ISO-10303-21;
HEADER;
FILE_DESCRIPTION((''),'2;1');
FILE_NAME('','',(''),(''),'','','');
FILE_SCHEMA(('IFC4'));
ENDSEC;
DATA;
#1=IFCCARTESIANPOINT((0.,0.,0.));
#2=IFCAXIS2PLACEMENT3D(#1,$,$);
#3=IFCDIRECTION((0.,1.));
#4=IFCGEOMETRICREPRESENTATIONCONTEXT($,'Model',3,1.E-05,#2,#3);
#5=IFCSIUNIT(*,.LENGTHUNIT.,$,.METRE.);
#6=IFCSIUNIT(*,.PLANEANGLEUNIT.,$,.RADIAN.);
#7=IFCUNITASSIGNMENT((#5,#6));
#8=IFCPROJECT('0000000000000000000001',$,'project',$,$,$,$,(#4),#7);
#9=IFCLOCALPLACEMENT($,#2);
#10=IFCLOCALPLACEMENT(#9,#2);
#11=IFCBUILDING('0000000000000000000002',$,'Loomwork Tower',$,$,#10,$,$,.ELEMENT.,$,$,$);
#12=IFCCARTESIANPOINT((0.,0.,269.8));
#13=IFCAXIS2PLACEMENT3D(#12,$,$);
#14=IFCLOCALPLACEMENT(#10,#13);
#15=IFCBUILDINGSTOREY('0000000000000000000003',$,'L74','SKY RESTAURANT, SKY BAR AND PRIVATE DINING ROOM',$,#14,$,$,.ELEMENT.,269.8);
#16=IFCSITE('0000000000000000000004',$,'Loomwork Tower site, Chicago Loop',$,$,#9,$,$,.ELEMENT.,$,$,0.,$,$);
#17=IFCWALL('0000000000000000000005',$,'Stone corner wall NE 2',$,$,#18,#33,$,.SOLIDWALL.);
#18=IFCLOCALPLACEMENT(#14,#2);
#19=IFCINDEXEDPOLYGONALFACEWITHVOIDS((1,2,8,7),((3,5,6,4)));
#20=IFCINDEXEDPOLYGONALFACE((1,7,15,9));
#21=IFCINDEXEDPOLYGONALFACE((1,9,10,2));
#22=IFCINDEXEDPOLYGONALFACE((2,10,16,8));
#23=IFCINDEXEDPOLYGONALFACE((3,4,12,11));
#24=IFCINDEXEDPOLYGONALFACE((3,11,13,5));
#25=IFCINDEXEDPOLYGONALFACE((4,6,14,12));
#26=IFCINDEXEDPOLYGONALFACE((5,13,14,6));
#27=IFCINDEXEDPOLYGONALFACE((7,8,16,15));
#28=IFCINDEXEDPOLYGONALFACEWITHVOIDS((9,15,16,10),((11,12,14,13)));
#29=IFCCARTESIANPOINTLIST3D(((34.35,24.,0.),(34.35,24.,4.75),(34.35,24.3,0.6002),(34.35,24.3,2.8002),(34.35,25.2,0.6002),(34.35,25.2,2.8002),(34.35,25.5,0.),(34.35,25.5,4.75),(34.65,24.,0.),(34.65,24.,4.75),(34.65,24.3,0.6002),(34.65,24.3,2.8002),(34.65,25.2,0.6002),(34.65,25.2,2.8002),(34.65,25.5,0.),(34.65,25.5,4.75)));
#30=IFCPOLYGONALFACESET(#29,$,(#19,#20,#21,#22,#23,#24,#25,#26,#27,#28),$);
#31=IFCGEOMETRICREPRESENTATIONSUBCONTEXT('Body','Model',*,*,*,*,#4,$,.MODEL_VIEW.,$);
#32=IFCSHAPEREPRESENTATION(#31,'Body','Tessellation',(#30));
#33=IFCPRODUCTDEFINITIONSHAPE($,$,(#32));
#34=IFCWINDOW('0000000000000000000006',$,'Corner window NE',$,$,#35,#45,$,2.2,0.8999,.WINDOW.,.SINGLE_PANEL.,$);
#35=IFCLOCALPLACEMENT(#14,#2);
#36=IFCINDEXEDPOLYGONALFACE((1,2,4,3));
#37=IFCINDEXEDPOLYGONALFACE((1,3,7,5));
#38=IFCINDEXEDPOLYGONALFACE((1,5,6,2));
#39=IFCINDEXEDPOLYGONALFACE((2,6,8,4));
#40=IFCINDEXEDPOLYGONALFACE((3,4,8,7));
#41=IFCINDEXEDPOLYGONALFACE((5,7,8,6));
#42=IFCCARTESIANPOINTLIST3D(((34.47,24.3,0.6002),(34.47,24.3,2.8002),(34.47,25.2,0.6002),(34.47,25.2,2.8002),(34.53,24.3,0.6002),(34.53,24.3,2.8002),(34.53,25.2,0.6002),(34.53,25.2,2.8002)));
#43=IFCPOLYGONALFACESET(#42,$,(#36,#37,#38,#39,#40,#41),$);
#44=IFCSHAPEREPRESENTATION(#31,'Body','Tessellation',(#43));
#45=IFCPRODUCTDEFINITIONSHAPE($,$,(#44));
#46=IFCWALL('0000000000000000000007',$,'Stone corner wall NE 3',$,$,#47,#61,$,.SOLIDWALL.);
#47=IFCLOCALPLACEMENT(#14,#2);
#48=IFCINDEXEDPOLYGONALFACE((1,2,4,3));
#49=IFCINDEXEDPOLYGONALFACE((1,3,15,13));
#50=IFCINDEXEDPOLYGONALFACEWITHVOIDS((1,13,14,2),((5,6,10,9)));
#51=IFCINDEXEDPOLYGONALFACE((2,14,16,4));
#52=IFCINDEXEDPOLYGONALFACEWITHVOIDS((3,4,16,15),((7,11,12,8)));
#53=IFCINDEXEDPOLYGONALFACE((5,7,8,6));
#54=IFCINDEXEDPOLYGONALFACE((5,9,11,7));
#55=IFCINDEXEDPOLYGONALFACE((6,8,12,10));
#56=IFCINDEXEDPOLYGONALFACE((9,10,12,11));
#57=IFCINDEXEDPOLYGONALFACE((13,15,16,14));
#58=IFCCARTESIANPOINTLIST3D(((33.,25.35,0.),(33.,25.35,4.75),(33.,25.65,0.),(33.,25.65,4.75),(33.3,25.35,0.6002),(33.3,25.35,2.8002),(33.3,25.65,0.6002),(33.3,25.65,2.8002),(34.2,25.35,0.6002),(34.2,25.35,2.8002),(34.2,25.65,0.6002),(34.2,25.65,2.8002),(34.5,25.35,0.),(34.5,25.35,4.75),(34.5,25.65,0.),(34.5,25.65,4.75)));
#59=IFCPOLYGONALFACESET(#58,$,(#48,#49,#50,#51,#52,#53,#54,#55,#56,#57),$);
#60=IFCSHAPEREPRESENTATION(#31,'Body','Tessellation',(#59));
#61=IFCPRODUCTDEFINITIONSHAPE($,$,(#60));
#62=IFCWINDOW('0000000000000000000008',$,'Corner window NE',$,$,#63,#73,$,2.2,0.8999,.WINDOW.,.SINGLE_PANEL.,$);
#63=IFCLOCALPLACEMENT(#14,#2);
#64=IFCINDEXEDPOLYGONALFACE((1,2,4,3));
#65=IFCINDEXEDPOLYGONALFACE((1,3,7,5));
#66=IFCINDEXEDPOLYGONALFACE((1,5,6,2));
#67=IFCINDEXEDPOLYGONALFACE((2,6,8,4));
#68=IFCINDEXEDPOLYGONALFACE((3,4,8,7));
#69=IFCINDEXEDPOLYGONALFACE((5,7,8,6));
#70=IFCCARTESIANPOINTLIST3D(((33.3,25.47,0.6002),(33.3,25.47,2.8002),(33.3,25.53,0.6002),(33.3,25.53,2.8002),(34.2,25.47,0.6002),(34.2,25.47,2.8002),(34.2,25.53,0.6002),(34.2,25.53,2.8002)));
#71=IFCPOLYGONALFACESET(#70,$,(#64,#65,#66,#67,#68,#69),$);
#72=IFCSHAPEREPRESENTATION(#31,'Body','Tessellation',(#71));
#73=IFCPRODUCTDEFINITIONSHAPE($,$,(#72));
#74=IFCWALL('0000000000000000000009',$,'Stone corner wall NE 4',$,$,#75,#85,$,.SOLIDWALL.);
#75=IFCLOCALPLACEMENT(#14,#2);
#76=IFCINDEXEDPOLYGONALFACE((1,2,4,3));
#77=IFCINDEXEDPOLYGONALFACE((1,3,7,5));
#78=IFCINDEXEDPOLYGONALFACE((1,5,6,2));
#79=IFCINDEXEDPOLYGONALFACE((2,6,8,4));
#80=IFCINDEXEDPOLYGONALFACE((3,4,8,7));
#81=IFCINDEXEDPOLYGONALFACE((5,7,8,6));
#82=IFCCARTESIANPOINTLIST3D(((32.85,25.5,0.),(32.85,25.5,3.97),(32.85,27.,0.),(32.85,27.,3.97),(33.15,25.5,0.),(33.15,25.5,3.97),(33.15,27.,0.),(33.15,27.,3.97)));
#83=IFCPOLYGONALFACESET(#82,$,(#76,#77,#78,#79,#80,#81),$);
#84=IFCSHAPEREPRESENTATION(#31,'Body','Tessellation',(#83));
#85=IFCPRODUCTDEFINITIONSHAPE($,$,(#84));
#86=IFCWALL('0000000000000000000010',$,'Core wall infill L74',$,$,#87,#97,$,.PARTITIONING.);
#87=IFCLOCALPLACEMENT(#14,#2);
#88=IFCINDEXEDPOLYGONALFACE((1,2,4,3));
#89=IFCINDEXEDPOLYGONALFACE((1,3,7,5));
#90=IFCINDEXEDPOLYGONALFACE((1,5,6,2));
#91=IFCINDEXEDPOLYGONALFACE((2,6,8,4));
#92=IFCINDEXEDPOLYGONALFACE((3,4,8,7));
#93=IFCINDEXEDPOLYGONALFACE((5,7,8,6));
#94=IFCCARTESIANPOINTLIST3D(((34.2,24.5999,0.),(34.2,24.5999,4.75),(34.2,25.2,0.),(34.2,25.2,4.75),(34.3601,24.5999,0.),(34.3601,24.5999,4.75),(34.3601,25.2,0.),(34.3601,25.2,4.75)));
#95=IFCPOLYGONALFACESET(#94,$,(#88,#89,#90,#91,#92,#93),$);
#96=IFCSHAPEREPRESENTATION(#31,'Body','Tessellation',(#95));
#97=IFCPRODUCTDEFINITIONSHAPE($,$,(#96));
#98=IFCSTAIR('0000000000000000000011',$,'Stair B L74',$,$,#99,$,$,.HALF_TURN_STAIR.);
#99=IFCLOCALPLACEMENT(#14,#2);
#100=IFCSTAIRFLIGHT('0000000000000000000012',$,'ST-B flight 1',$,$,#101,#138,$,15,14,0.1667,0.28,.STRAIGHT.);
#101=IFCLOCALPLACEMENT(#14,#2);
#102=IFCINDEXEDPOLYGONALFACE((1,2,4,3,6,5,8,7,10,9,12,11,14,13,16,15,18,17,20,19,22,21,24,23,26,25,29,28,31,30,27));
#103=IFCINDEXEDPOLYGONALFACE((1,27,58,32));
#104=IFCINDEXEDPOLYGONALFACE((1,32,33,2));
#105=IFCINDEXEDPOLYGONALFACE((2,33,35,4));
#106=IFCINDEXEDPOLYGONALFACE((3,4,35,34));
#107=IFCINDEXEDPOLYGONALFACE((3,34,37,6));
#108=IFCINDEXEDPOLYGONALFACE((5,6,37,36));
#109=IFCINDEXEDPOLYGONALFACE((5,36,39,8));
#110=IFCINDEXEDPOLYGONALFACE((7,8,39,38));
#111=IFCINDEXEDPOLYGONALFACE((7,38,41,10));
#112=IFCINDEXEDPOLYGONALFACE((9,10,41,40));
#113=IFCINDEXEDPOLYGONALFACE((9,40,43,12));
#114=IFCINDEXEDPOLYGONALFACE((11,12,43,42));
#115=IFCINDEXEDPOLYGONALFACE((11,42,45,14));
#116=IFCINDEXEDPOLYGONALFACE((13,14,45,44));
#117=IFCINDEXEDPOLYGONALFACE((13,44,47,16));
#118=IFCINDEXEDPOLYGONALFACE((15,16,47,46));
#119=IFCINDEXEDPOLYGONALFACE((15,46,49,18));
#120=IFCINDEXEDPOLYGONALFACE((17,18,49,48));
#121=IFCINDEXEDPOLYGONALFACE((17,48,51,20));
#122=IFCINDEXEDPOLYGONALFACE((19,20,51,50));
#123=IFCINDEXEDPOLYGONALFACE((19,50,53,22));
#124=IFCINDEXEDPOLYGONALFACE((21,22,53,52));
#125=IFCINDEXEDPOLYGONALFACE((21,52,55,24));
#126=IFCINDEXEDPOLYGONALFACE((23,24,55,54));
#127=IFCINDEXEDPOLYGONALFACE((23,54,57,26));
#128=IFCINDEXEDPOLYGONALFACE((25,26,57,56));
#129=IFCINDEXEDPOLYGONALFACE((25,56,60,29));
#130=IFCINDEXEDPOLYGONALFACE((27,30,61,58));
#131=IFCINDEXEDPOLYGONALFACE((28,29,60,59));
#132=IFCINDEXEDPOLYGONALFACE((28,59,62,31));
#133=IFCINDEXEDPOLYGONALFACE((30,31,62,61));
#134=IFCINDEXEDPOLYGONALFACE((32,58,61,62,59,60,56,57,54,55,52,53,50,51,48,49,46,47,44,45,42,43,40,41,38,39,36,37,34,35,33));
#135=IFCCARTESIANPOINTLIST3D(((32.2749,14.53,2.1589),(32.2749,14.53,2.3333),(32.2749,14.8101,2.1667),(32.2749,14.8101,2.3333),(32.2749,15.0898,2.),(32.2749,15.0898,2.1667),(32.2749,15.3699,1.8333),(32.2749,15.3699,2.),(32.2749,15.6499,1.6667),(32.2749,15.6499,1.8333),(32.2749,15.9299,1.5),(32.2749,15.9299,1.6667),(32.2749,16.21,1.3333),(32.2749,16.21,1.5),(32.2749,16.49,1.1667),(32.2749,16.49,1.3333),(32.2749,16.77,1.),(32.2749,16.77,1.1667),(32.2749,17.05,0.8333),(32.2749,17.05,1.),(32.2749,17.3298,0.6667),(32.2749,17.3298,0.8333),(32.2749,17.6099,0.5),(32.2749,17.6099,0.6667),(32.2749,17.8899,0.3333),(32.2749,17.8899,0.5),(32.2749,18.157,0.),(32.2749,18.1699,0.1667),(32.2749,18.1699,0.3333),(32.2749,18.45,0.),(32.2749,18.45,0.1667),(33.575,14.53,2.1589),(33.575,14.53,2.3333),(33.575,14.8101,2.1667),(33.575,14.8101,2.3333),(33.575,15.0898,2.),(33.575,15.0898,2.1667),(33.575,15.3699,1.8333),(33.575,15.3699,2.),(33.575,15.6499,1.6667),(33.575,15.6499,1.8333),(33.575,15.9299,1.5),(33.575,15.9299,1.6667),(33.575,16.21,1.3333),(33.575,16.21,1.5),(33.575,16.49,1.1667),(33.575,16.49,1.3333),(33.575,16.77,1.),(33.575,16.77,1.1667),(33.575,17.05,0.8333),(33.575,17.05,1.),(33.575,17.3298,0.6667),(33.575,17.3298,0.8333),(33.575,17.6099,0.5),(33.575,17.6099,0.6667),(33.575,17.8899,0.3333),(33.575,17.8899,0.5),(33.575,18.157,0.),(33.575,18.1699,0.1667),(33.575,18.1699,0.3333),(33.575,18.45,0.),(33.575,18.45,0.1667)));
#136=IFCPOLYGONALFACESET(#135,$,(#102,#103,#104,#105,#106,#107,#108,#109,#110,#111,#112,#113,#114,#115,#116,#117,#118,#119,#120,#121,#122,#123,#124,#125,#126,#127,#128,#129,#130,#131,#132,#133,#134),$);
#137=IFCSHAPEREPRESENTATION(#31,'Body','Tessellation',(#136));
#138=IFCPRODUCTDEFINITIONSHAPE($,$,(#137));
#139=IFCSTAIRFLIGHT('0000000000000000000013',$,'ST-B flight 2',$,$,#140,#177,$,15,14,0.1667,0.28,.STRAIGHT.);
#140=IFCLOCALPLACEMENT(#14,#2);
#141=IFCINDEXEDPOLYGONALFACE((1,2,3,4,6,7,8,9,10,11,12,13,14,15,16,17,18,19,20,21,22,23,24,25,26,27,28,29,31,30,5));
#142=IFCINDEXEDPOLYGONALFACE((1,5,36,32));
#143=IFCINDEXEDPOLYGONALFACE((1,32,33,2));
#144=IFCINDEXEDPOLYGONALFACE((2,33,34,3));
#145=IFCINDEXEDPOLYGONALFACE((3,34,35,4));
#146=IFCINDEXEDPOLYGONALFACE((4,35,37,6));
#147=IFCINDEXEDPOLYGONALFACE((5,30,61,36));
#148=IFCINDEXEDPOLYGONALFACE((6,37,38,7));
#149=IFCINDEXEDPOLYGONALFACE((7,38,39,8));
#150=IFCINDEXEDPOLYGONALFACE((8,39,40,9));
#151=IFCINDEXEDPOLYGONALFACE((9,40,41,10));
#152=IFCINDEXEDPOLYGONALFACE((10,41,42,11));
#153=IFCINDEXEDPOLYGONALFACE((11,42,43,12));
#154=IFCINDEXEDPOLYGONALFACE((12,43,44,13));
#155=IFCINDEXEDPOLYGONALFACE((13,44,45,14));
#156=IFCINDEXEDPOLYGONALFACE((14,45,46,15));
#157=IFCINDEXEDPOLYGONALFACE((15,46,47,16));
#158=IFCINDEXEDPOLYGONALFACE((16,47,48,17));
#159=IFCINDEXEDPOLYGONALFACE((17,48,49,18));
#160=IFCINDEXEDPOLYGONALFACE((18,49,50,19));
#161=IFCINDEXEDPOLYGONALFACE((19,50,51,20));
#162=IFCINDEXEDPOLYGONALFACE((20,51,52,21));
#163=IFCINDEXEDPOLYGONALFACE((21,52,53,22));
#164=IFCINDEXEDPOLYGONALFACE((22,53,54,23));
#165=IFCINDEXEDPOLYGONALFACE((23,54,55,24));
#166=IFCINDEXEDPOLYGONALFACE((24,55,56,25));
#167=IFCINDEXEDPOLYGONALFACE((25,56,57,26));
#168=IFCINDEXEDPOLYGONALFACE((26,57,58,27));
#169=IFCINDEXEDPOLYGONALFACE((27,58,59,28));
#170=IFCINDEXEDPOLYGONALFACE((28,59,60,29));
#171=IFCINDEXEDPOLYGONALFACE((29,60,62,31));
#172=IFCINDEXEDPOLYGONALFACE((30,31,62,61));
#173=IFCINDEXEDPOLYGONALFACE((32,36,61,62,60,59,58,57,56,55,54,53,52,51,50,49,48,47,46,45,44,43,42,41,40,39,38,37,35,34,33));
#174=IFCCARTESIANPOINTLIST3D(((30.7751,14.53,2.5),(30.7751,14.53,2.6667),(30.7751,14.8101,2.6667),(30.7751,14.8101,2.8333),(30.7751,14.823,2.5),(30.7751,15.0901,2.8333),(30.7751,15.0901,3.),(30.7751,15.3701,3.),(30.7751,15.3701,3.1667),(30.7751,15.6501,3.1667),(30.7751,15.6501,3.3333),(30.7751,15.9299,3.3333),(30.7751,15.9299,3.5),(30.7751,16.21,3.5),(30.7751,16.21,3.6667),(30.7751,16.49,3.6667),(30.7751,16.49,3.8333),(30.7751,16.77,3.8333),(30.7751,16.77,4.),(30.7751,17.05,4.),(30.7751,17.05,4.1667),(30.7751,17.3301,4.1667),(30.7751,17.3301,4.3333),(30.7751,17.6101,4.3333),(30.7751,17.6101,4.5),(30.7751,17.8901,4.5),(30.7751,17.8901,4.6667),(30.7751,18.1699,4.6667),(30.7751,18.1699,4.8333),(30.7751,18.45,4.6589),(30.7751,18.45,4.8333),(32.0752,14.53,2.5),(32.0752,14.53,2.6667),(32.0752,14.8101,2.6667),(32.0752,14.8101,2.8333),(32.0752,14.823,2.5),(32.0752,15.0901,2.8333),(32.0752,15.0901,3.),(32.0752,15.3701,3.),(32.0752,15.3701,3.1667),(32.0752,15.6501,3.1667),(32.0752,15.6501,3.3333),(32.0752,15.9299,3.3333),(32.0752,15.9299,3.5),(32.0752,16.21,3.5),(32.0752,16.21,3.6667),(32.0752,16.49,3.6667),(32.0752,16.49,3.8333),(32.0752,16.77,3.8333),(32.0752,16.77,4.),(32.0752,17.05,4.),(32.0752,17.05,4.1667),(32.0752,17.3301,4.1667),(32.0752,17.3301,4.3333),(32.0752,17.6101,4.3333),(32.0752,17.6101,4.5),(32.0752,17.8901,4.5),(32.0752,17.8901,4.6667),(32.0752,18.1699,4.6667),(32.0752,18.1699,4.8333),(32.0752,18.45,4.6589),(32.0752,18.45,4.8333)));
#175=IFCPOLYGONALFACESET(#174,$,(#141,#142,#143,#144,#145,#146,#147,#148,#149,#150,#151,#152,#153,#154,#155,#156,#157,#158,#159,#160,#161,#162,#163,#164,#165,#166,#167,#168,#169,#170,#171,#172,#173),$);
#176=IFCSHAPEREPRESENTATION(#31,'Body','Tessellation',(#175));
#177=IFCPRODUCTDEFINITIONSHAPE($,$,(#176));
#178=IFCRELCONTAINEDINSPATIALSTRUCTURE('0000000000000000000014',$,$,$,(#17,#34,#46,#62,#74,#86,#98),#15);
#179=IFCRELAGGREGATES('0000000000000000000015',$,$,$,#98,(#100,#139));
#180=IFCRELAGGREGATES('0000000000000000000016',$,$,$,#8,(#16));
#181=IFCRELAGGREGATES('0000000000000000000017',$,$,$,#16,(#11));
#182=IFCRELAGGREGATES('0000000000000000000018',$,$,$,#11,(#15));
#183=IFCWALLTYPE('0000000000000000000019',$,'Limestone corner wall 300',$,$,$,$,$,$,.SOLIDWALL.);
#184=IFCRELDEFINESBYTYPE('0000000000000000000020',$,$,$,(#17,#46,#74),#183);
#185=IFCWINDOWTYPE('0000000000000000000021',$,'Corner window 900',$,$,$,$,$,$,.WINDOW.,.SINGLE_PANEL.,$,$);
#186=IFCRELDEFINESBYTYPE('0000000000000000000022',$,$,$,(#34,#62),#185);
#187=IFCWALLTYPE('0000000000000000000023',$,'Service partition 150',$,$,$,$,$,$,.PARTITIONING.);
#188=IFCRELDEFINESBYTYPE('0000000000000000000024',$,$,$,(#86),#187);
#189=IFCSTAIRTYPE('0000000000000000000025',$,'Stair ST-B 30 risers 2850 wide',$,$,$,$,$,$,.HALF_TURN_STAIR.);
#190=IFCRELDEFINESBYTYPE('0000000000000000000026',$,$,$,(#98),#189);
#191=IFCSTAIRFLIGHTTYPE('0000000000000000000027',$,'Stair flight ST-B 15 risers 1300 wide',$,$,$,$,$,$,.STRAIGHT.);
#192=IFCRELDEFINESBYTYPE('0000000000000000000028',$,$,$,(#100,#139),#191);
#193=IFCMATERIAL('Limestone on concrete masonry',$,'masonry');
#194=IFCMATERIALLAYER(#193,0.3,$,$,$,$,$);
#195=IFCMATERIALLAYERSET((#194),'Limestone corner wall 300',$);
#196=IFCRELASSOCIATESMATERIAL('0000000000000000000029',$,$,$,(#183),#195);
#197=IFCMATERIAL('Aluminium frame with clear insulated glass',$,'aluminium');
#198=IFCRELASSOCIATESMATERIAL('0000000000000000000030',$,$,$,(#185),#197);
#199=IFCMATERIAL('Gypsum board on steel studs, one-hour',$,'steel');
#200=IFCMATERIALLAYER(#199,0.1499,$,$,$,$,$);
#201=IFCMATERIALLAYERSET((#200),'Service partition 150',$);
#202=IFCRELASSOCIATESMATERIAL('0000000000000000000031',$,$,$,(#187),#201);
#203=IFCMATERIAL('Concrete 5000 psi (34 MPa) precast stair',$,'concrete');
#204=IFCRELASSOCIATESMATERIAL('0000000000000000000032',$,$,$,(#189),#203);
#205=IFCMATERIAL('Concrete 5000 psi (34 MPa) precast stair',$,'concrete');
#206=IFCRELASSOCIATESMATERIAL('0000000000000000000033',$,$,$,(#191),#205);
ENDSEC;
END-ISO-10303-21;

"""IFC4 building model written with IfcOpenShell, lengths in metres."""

from ifc_helpers import new_model, si_unit, direction, frame, frame_2d, origin, place, context, subcontext, project, spatial, polyline, rectangle, outline, extrude, material, layer, layer_set, type_object, element, fill, aggregate, save


model = new_model("IFC4")

# Units and contexts
model_context = context("Model", 3, precision=1e-05, world=origin(), true_north=direction((0.0, 1.0)))
body_context = subcontext(model_context, "Body", "Model", "MODEL_VIEW")
ifc_project = project(units=[si_unit("LENGTHUNIT", "METRE"), si_unit("PLANEANGLEUNIT", "RADIAN")], contexts=[model_context])

# Site, building, storey
site_placement = place(None, origin())
site = spatial("IfcSite", under=ifc_project, at=site_placement, Name="Loomwork Tower site, Chicago Loop", CompositionType="ELEMENT", RefElevation=0.0)
building_placement = place(site_placement, origin())
building = spatial("IfcBuilding", under=site, at=building_placement, Name="Loomwork Tower", CompositionType="ELEMENT")
storey_placement = place(building_placement, frame((0.0, 0.0, 269.8)))
storey = spatial("IfcBuildingStorey", under=building, at=storey_placement, Name="L74", Description="SKY RESTAURANT, SKY BAR AND PRIVATE DINING ROOM", CompositionType="ELEMENT", Elevation=269.8)

# Shared definitions
ifc_material_1 = material(Name="Limestone on concrete masonry", Category="masonry")
ifc_layer_1 = layer(ifc_material_1, 0.3)
ifc_layer_set_1 = layer_set([ifc_layer_1], Name="Limestone corner wall 300")
wall_type_1 = type_object("IfcWallType", Name="Limestone corner wall 300", PredefinedType="SOLIDWALL", material=ifc_layer_set_1)

# Walls, openings, windows
wall_1_placement = place(storey_placement, frame((34.5, 24.0, 0.0), z_axis=(0.0, 0.0, 1.0), x_axis=(0.0, 1.0, 0.0)))
wall_1 = element("IfcWall", 1, at=wall_1_placement, inside=storey, type_object=wall_type_1, Name="Stone corner wall NE 2", PredefinedType="SOLIDWALL", context=body_context, shape_type="SweptSolid", body=[
    extrude(rectangle(XDim=1.5, YDim=0.3, at=frame_2d((0.75, 0.0))), origin(), (0.0, 0.0, 1.0), 4.75),
])
opening_1_placement = place(wall_1_placement, frame((0.3, 0.0, 0.6001)))
opening_1 = element("IfcOpeningElement", 2, at=opening_1_placement, cuts=wall_1, PredefinedType="OPENING", context=body_context, shape_type="SweptSolid", body=[
    extrude(rectangle(XDim=0.8999, YDim=2.2, at=frame_2d((0.45, 1.1001))), frame((0.0, 0.1599, 0.0), z_axis=(0.0, -1.0, 0.0), x_axis=(1.0, 0.0, 0.0)), (0.0, 0.0, 1.0), 0.3201),
])
ifc_material_2 = material(Name="Aluminium frame with clear insulated glass", Category="aluminium")
window_type = type_object("IfcWindowType", Name="Corner window 900", PartitioningType="SINGLE_PANEL", PredefinedType="WINDOW", material=ifc_material_2)
window_1_placement = place(opening_1_placement, origin())
window_1 = element("IfcWindow", 3, at=window_1_placement, inside=storey, type_object=window_type, Name="Corner window NE", OverallHeight=2.2, OverallWidth=0.8999, PartitioningType="SINGLE_PANEL", PredefinedType="WINDOW", context=body_context, shape_type="SweptSolid", body=[
    extrude(rectangle(XDim=0.8999, YDim=2.2, at=frame_2d((0.45, 1.1001))), frame((0.0, 0.03, 0.0), z_axis=(0.0, -1.0, 0.0), x_axis=(1.0, 0.0, 0.0)), (0.0, 0.0, 1.0), 0.0601),
])
fill(opening_1, window_1)
wall_2_placement = place(storey_placement, frame((34.5, 25.5, 0.0), z_axis=(0.0, 0.0, 1.0), x_axis=(-1.0, 0.0, 0.0)))
wall_2 = element("IfcWall", 4, at=wall_2_placement, inside=storey, type_object=wall_type_1, Name="Stone corner wall NE 3", PredefinedType="SOLIDWALL", context=body_context, shape_type="SweptSolid", body=[
    extrude(rectangle(XDim=1.5, YDim=0.3, at=frame_2d((0.75, 0.0))), origin(), (0.0, 0.0, 1.0), 4.75),
])
opening_2_placement = place(wall_2_placement, frame((0.3, 0.0, 0.6001)))
opening_2 = element("IfcOpeningElement", 5, at=opening_2_placement, cuts=wall_2, PredefinedType="OPENING", context=body_context, shape_type="SweptSolid", body=[
    extrude(rectangle(XDim=0.8999, YDim=2.2, at=frame_2d((0.45, 1.1001))), frame((0.0, 0.1599, 0.0), z_axis=(0.0, -1.0, 0.0), x_axis=(1.0, 0.0, 0.0)), (0.0, 0.0, 1.0), 0.3201),
])
window_2_placement = place(opening_2_placement, origin())
window_2 = element("IfcWindow", 6, at=window_2_placement, inside=storey, type_object=window_type, Name="Corner window NE", OverallHeight=2.2, OverallWidth=0.8999, PartitioningType="SINGLE_PANEL", PredefinedType="WINDOW", context=body_context, shape_type="SweptSolid", body=[
    extrude(rectangle(XDim=0.8999, YDim=2.2, at=frame_2d((0.45, 1.1001))), frame((0.0, 0.03, 0.0), z_axis=(0.0, -1.0, 0.0), x_axis=(1.0, 0.0, 0.0)), (0.0, 0.0, 1.0), 0.0601),
])
fill(opening_2, window_2)

# Walls
wall_3_placement = place(storey_placement, frame((33.0, 25.5, 0.0), z_axis=(0.0, 0.0, 1.0), x_axis=(0.0, 1.0, 0.0)))
element("IfcWall", 7, at=wall_3_placement, inside=storey, type_object=wall_type_1, Name="Stone corner wall NE 4", PredefinedType="SOLIDWALL", context=body_context, shape_type="SweptSolid", body=[
    extrude(rectangle(XDim=1.5, YDim=0.3, at=frame_2d((0.75, 0.0))), origin(), (0.0, 0.0, 1.0), 3.97),
])
ifc_material_3 = material(Name="Gypsum board on steel studs, one-hour", Category="steel")
ifc_layer_2 = layer(ifc_material_3, 0.1499)
ifc_layer_set_2 = layer_set([ifc_layer_2], Name="Service partition 150")
wall_type_2 = type_object("IfcWallType", Name="Service partition 150", PredefinedType="PARTITIONING", material=ifc_layer_set_2)
wall_4_placement = place(storey_placement, frame((34.2, 24.8999, 0.0), z_axis=(0.0, 0.0, 1.0), x_axis=(1.0, 0.0, 0.0)))
element("IfcWall", 8, at=wall_4_placement, inside=storey, type_object=wall_type_2, Name="Core wall infill L74", PredefinedType="PARTITIONING", context=body_context, shape_type="SweptSolid", body=[
    extrude(rectangle(XDim=0.1602, YDim=0.6001, at=frame_2d((0.0801, 0.0))), origin(), (0.0, 0.0, 1.0), 4.75),
])

# Stair, stair flights
ifc_material_4 = material(Name="Concrete 5000 psi (34 MPa) precast stair", Category="concrete")
stair_type = type_object("IfcStairType", Name="Stair ST-B 30 risers 2850 wide", PredefinedType="HALF_TURN_STAIR", material=ifc_material_4)
stair_placement = place(storey_placement, origin())
stair = element("IfcStair", 9, at=stair_placement, inside=storey, type_object=stair_type, Name="Stair B L74", PredefinedType="HALF_TURN_STAIR")
ifc_material_5 = material(Name="Concrete 5000 psi (34 MPa) precast stair", Category="concrete")
stair_flight_type = type_object("IfcStairFlightType", Name="Stair flight ST-B 15 risers 1300 wide", PredefinedType="STRAIGHT", material=ifc_material_5)
stair_flight_1_placement = place(storey_placement, frame((32.925, 18.45, 0.0), z_axis=(0.0, 0.0, 1.0), x_axis=(0.0, -1.0, 0.0)))
stair_flight_1 = element("IfcStairFlight", 10, at=stair_flight_1_placement, type_object=stair_flight_type, Name="ST-B flight 1", NumberOfRisers=15, NumberOfTreads=14, PredefinedType="STRAIGHT", RiserHeight=0.1667, TreadLength=0.28, context=body_context, shape_type="SweptSolid", body=[
    extrude(outline(polyline([(0.0, 0.0), (0.0, 0.1667), (0.28, 0.1667), (0.28, 0.3333), (0.5601, 0.3333), (0.5601, 0.5), (0.8401, 0.5), (0.8401, 0.6667), (1.1201, 0.6667), (1.1201, 0.8333), (1.3999, 0.8333), (1.3999, 1.0), (1.6799, 1.0), (1.6799, 1.1667), (1.96, 1.1667), (1.96, 1.3333), (2.24, 1.3333), (2.24, 1.5), (2.52, 1.5), (2.52, 1.6667), (2.8, 1.6667), (2.8, 1.8333), (3.0801, 1.8333), (3.0801, 2.0), (3.3601, 2.0), (3.3601, 2.1667), (3.6399, 2.1667), (3.6399, 2.3333), (3.9199, 2.3333), (3.9199, 2.5), (3.9199, 2.1589), (0.293, 0.0), (0.0, 0.0)])), frame((0.0, 0.6499, 0.0), z_axis=(0.0, -1.0, 0.0), x_axis=(1.0, 0.0, 0.0)), (0.0, 0.0, 1.0), 1.3),
])
stair_flight_2_placement = place(storey_placement, frame((31.425, 14.53, 2.5), z_axis=(0.0, 0.0, 1.0), x_axis=(0.0, 1.0, 0.0)))
stair_flight_2 = element("IfcStairFlight", 11, at=stair_flight_2_placement, type_object=stair_flight_type, Name="ST-B flight 2", NumberOfRisers=15, NumberOfTreads=14, PredefinedType="STRAIGHT", RiserHeight=0.1667, TreadLength=0.28, context=body_context, shape_type="SweptSolid", body=[
    extrude(outline(polyline([(0.0, 0.0), (0.0, 0.1667), (0.28, 0.1667), (0.28, 0.3333), (0.5601, 0.3333), (0.5601, 0.5), (0.8401, 0.5), (0.8401, 0.6667), (1.1201, 0.6667), (1.1201, 0.8333), (1.3999, 0.8333), (1.3999, 1.0), (1.6799, 1.0), (1.6799, 1.1667), (1.96, 1.1667), (1.96, 1.3333), (2.24, 1.3333), (2.24, 1.5), (2.52, 1.5), (2.52, 1.6667), (2.8, 1.6667), (2.8, 1.8333), (3.0801, 1.8333), (3.0801, 2.0), (3.3601, 2.0), (3.3601, 2.1667), (3.6399, 2.1667), (3.6399, 2.3333), (3.9199, 2.3333), (3.9199, 2.5), (3.9199, 2.1589), (0.293, 0.0), (0.0, 0.0)])), frame((0.0, 0.6499, 0.0), z_axis=(0.0, -1.0, 0.0), x_axis=(1.0, 0.0, 0.0)), (0.0, 0.0, 1.0), 1.3),
])
aggregate(stair, [stair_flight_1, stair_flight_2])

save(model, "model.ifc")
